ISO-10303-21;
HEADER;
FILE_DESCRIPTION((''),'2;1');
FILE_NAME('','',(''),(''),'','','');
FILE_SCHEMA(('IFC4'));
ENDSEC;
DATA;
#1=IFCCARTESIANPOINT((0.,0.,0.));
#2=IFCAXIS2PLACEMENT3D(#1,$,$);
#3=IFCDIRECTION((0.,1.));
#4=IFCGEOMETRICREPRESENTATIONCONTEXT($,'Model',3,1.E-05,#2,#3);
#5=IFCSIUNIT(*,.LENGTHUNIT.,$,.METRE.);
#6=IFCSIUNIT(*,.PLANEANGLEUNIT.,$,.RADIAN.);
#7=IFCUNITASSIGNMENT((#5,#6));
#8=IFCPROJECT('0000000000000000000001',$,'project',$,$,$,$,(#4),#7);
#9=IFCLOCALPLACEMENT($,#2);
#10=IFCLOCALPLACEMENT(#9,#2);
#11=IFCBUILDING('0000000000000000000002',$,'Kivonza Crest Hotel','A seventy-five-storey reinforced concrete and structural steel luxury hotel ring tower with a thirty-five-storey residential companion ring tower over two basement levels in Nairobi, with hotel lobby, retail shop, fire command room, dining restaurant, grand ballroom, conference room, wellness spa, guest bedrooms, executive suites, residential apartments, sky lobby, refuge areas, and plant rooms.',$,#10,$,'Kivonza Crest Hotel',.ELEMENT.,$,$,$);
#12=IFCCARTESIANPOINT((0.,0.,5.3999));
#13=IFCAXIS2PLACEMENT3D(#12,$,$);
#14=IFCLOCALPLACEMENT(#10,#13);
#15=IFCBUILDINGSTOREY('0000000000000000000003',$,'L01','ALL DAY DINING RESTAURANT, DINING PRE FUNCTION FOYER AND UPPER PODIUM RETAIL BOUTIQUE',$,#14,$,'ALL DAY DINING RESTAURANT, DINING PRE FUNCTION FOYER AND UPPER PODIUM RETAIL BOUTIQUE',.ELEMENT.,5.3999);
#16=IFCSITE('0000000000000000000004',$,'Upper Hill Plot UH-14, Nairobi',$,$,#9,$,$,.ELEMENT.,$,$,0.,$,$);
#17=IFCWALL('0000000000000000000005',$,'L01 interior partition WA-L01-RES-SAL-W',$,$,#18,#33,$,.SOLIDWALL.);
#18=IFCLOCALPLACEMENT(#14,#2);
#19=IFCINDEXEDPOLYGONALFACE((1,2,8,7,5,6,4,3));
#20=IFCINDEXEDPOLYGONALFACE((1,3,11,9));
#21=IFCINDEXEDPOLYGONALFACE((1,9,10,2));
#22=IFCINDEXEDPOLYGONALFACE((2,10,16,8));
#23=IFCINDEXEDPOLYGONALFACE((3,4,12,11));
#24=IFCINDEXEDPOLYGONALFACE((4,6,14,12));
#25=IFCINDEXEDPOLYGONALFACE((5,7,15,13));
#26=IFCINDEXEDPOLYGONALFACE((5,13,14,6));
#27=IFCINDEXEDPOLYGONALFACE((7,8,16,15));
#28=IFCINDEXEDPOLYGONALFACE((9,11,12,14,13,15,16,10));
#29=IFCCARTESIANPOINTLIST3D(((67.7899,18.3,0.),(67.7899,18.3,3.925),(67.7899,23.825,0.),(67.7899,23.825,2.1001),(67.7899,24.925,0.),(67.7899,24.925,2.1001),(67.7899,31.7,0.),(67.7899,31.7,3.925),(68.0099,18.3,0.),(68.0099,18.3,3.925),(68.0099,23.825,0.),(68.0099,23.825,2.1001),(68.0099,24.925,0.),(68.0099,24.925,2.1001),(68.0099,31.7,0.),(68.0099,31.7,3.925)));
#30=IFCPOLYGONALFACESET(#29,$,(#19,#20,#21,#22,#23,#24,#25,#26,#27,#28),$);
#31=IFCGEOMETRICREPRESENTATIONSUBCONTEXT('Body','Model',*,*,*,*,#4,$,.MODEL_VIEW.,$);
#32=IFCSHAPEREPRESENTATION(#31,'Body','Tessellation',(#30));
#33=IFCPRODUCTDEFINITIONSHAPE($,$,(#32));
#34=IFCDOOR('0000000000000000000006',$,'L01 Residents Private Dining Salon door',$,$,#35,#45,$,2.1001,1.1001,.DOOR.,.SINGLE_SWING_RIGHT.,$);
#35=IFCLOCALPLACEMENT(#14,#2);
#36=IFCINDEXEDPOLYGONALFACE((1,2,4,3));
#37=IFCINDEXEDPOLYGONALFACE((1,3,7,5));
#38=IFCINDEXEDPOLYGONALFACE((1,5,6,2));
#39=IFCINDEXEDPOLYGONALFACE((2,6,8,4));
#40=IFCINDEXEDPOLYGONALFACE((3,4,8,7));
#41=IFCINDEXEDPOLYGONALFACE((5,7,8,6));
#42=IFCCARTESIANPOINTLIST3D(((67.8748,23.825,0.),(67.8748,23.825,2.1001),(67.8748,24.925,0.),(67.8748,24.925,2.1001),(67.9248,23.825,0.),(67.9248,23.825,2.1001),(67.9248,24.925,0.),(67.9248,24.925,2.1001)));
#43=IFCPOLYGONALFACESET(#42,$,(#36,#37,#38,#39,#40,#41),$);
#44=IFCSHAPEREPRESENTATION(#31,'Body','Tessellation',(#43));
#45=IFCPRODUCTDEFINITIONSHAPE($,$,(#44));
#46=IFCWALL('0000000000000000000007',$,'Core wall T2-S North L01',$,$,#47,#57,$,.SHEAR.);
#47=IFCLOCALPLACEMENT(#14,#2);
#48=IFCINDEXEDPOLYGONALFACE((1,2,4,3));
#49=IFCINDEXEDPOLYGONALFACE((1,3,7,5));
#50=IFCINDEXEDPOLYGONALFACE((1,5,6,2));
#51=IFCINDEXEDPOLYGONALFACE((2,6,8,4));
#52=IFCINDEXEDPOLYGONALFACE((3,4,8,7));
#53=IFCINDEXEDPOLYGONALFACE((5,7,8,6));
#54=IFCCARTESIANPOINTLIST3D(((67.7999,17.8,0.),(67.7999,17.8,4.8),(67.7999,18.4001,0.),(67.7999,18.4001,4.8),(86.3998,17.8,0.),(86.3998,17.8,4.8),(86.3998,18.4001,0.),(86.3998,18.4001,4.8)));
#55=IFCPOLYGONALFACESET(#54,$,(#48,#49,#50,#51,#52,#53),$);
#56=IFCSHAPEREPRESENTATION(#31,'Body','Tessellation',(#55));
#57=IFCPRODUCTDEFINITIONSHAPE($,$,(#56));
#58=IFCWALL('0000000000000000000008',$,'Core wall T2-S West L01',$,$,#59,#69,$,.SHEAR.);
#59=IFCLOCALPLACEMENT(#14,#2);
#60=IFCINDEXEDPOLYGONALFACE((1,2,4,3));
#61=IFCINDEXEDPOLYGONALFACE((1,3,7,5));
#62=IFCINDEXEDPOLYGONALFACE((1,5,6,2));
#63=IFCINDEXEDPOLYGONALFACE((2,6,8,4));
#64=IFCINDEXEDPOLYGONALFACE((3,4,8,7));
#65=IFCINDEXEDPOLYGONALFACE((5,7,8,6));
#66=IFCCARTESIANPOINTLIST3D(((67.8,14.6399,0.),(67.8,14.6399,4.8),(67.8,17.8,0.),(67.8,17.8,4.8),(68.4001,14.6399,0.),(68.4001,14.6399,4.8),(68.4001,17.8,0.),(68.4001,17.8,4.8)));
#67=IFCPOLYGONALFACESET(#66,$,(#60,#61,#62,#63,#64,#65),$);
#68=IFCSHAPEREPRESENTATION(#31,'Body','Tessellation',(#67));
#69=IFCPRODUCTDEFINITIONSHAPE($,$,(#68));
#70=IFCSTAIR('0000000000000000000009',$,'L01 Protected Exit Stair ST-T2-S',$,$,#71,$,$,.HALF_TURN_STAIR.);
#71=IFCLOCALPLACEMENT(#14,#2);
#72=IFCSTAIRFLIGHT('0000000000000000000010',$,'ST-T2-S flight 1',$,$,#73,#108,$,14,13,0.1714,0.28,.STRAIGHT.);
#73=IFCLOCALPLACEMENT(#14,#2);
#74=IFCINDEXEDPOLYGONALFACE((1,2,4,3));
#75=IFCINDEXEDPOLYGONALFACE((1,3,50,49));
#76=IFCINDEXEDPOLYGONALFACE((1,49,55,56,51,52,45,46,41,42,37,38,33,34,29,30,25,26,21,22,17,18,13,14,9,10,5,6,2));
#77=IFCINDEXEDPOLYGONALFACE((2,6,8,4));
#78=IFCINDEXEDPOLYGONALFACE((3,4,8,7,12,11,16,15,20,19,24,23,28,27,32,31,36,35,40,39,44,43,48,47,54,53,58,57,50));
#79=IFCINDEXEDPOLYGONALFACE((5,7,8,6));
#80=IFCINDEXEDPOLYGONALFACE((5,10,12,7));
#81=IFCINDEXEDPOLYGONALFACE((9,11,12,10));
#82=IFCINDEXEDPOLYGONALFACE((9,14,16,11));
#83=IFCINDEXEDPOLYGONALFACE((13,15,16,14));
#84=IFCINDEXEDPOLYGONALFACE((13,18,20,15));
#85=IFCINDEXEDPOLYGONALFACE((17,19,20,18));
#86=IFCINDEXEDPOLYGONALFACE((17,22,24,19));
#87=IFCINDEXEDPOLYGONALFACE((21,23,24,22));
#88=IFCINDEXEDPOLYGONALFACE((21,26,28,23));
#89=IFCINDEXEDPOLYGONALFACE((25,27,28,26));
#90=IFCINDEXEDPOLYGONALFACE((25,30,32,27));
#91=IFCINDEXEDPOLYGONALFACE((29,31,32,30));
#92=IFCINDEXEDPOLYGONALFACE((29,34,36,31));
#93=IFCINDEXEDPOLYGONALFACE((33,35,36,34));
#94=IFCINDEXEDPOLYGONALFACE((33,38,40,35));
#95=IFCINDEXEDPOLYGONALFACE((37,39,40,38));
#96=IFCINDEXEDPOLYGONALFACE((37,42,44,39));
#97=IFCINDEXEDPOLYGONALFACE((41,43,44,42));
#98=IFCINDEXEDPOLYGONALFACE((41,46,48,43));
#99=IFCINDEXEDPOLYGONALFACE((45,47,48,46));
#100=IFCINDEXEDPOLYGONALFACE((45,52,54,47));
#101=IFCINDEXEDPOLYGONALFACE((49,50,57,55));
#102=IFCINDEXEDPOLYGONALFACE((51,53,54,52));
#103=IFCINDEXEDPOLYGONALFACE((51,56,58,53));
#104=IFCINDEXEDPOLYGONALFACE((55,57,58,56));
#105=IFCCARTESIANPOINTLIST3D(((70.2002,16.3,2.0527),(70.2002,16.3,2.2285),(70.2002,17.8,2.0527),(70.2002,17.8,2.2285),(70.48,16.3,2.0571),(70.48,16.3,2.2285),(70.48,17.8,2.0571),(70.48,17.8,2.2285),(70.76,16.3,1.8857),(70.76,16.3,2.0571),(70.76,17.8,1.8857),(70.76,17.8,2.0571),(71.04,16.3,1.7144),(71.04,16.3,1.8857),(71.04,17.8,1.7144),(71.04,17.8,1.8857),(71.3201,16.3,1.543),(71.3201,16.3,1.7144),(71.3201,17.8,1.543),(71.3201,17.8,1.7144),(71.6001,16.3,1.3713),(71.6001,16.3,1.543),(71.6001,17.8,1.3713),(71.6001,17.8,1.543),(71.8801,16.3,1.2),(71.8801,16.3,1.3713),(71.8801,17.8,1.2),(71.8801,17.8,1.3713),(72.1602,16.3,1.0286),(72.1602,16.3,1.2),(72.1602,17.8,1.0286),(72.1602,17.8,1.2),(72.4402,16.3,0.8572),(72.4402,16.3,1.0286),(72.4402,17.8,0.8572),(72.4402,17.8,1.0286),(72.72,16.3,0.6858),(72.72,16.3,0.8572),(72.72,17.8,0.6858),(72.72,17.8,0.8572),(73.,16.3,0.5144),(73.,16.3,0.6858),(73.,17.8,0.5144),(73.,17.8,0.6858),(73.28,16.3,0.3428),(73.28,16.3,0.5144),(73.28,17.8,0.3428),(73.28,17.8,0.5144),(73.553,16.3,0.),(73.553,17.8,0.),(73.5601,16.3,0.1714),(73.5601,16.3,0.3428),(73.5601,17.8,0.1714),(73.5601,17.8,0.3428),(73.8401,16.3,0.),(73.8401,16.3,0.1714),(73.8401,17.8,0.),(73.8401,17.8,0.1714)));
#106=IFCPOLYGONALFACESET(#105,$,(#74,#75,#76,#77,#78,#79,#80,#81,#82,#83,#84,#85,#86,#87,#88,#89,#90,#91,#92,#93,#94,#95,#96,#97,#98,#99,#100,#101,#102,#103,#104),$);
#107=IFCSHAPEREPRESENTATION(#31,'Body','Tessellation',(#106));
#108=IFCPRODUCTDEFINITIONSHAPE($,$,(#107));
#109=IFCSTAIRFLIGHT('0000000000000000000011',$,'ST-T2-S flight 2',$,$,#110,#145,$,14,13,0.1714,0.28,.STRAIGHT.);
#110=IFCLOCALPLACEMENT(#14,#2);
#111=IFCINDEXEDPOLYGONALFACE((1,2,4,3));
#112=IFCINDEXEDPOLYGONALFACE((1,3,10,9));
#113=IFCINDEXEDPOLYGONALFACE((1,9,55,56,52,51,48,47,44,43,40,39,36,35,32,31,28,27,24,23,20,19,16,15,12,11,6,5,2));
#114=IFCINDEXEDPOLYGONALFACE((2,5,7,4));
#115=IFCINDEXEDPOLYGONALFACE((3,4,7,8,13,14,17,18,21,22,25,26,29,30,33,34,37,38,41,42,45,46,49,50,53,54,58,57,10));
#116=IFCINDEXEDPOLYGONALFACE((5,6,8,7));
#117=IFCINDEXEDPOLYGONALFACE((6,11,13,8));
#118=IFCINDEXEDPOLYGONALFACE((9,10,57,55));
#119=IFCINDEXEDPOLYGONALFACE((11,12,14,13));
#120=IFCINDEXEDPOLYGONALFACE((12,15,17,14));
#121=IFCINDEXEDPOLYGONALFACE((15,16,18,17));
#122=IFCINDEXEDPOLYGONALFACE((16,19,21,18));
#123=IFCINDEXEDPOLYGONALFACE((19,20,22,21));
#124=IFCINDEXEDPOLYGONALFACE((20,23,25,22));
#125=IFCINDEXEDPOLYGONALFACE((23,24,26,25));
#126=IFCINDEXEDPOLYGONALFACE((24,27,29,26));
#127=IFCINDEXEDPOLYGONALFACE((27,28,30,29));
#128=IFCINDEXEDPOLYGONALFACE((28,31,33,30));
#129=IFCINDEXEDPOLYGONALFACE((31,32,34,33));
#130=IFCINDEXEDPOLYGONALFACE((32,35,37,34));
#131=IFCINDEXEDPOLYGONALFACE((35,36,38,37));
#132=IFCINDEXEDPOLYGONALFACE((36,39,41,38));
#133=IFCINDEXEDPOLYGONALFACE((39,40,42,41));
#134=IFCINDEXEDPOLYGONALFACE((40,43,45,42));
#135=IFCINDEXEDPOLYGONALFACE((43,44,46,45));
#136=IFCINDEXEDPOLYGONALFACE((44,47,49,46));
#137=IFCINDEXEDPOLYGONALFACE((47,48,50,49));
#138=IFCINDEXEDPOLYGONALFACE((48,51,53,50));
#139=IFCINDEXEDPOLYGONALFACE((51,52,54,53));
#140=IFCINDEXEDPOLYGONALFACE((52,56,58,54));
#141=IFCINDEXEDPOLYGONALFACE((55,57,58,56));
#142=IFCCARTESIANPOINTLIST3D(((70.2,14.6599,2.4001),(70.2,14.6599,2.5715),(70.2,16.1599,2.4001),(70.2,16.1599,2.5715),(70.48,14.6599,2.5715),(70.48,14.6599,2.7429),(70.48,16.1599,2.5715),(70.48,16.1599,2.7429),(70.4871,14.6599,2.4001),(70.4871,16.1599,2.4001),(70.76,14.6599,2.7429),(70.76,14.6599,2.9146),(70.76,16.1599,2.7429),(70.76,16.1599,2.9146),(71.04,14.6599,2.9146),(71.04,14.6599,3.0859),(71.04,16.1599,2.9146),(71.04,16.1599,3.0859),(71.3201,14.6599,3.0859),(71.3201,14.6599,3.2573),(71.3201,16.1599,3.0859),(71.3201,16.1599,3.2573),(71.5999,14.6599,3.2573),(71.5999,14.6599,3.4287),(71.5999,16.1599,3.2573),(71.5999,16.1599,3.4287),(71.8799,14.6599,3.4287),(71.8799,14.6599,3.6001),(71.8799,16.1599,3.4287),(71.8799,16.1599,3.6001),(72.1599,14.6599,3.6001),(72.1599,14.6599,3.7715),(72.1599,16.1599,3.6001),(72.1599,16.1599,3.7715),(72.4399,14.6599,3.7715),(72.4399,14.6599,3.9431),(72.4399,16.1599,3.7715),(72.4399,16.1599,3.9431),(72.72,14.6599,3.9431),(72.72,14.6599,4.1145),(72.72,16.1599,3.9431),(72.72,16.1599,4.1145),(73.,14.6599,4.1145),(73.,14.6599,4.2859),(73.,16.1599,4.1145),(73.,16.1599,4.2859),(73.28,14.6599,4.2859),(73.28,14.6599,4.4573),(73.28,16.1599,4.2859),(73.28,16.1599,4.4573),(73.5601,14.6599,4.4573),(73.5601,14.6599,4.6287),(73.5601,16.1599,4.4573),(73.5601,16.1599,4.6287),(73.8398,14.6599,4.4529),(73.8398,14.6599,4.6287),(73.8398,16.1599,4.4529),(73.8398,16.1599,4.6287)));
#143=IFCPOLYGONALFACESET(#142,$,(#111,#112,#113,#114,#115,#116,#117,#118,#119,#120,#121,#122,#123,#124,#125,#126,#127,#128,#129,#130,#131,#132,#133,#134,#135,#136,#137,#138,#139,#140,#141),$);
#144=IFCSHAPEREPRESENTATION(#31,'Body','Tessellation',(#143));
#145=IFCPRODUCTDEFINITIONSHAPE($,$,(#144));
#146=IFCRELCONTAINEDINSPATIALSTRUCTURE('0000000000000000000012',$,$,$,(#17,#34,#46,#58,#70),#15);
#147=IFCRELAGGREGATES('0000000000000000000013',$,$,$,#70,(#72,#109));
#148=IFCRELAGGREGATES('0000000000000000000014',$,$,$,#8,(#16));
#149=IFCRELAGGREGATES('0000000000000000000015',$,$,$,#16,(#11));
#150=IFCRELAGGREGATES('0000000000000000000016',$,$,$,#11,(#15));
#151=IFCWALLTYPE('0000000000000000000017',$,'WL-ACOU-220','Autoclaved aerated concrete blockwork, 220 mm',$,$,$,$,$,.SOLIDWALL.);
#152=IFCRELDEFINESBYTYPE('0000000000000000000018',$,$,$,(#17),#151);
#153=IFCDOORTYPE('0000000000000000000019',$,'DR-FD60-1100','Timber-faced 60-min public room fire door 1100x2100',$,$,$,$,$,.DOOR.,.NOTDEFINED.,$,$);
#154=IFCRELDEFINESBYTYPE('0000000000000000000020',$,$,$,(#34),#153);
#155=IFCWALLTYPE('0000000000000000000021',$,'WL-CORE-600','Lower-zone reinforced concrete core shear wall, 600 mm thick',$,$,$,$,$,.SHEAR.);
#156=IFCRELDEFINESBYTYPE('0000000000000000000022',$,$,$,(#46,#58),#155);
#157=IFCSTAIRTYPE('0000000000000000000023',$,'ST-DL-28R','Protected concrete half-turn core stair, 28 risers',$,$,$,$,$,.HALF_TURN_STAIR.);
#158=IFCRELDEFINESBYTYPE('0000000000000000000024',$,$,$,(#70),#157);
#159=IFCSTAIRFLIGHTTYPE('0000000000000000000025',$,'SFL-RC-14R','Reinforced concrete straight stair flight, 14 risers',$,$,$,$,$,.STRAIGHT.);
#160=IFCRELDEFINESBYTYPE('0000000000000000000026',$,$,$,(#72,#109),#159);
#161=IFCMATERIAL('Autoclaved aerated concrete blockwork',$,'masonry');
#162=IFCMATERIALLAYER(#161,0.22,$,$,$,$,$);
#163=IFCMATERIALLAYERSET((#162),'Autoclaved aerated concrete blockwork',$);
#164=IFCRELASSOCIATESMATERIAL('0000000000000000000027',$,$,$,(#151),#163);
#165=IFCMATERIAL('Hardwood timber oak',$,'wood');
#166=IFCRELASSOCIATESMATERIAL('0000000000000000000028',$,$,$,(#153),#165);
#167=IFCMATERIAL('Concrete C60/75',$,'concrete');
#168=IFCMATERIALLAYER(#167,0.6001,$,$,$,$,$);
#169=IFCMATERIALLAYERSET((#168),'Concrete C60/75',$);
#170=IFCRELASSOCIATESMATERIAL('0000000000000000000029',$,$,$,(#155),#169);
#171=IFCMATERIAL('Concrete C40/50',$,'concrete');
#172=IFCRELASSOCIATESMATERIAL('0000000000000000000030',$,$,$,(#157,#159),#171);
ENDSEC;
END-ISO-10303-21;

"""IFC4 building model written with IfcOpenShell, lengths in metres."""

from ifc_helpers import new_model, si_unit, direction, frame, frame_2d, origin, place, context, subcontext, project, spatial, polyline, rectangle, outline, extrude, material, layer, layer_set, type_object, element, fill, aggregate, save


model = new_model("IFC4")

# Units and contexts
model_context = context("Model", 3, precision=1e-05, world=origin(), true_north=direction((0.0, 1.0)))
body_context = subcontext(model_context, "Body", "Model", "MODEL_VIEW")
ifc_project = project(units=[si_unit("LENGTHUNIT", "METRE"), si_unit("PLANEANGLEUNIT", "RADIAN")], contexts=[model_context])

# Site, building, storey
site_placement = place(None, origin())
site = spatial("IfcSite", under=ifc_project, at=site_placement, Name="Upper Hill Plot UH-14, Nairobi", CompositionType="ELEMENT", RefElevation=0.0)
building_placement = place(site_placement, origin())
building = spatial("IfcBuilding", under=site, at=building_placement, Name="Kivonza Crest Hotel", Description="A seventy-five-storey reinforced concrete and structural steel luxury hotel ring tower with a thirty-five-storey residential companion ring tower over two basement levels in Nairobi, with hotel lobby, retail shop, fire command room, dining restaurant, grand ballroom, conference room, wellness spa, guest bedrooms, executive suites, residential apartments, sky lobby, refuge areas, and plant rooms.", LongName="Kivonza Crest Hotel", CompositionType="ELEMENT")
storey_placement = place(building_placement, frame((0.0, 0.0, 5.3999)))
storey = spatial("IfcBuildingStorey", under=building, at=storey_placement, Name="L01", Description="ALL DAY DINING RESTAURANT, DINING PRE FUNCTION FOYER AND UPPER PODIUM RETAIL BOUTIQUE", LongName="ALL DAY DINING RESTAURANT, DINING PRE FUNCTION FOYER AND UPPER PODIUM RETAIL BOUTIQUE", CompositionType="ELEMENT", Elevation=5.3999)

# Shared definitions
ifc_material_1 = material(Name="Concrete C60/75", Category="concrete")

# Wall, opening, door
ifc_material_2 = material(Name="Autoclaved aerated concrete blockwork", Category="masonry")
ifc_layer_1 = layer(ifc_material_2, 0.22)
ifc_layer_set_1 = layer_set([ifc_layer_1], Name="Autoclaved aerated concrete blockwork")
wall_type_1 = type_object("IfcWallType", Name="WL-ACOU-220", Description="Autoclaved aerated concrete blockwork, 220 mm", PredefinedType="SOLIDWALL", material=ifc_layer_set_1)
ifc_material_3 = material(Name="Hardwood timber oak", Category="wood")
door_type_1 = type_object("IfcDoorType", Name="DR-FD60-1100", Description="Timber-faced 60-min public room fire door 1100x2100", OperationType="NOTDEFINED", PredefinedType="DOOR", material=ifc_material_3)
wall_1_placement = place(storey_placement, frame((67.8999, 18.3, 0.0), z_axis=(0.0, 0.0, 1.0), x_axis=(0.0, 1.0, 0.0)))
wall_1 = element("IfcWall", 1, at=wall_1_placement, inside=storey, type_object=wall_type_1, Name="L01 interior partition WA-L01-RES-SAL-W", PredefinedType="SOLIDWALL", context=body_context, shape_type="SweptSolid", body=[
    extrude(rectangle(XDim=13.3999, YDim=0.22, at=frame_2d((6.7, 0.0))), origin(), (0.0, 0.0, 1.0), 3.925),
])
opening_1_placement = place(wall_1_placement, frame((5.5249, 0.0, 0.0)))
opening_1 = element("IfcOpeningElement", 2, at=opening_1_placement, cuts=wall_1, PredefinedType="OPENING", context=body_context, shape_type="SweptSolid", body=[
    extrude(rectangle(XDim=1.1001, YDim=2.1001, at=frame_2d((0.55, 1.05))), frame((0.0, 0.1201, 0.0), z_axis=(0.0, -1.0, 0.0), x_axis=(1.0, 0.0, 0.0)), (0.0, 0.0, 1.0), 0.24),
])
door_1_placement = place(opening_1_placement, frame((1.1001, 0.0, 0.0), z_axis=(0.0, 0.0, 1.0), x_axis=(-1.0, 0.0, 0.0)))
door_1 = element("IfcDoor", 3, at=door_1_placement, inside=storey, type_object=door_type_1, Name="L01 Residents Private Dining Salon door", OperationType="SINGLE_SWING_RIGHT", OverallHeight=2.1001, OverallWidth=1.1001, PredefinedType="DOOR", context=body_context, shape_type="SweptSolid", body=[
    extrude(rectangle(XDim=1.1001, YDim=2.1001, at=frame_2d((0.55, 1.05))), frame((0.0, 0.0249, 0.0), z_axis=(0.0, -1.0, 0.0), x_axis=(1.0, 0.0, 0.0)), (0.0, 0.0, 1.0), 0.05),
])
fill(opening_1, door_1)

# Shared definitions
ifc_layer_2 = layer(ifc_material_1, 0.6001)
ifc_layer_set_2 = layer_set([ifc_layer_2], Name="Concrete C60/75")
wall_type_2 = type_object("IfcWallType", Name="WL-CORE-600", Description="Lower-zone reinforced concrete core shear wall, 600 mm thick", PredefinedType="SHEAR", material=ifc_layer_set_2)

# Walls
wall_2_placement = place(storey_placement, frame((67.8, 18.1001, 0.0), z_axis=(0.0, 0.0, 1.0), x_axis=(1.0, 0.0, 0.0)))
element("IfcWall", 4, at=wall_2_placement, inside=storey, type_object=wall_type_2, Name="Core wall T2-S North L01", PredefinedType="SHEAR", context=body_context, shape_type="SweptSolid", body=[
    extrude(rectangle(XDim=18.5999, YDim=0.6001, at=frame_2d((9.2998, 0.0))), origin(), (0.0, 0.0, 1.0), 4.8),
])
wall_3_placement = place(storey_placement, frame((68.1001, 14.6399, 0.0), z_axis=(0.0, 0.0, 1.0), x_axis=(0.0, 1.0, 0.0)))
element("IfcWall", 5, at=wall_3_placement, inside=storey, type_object=wall_type_2, Name="Core wall T2-S West L01", PredefinedType="SHEAR", context=body_context, shape_type="SweptSolid", body=[
    extrude(rectangle(XDim=3.1602, YDim=0.6001, at=frame_2d((1.5801, 0.0))), origin(), (0.0, 0.0, 1.0), 4.8),
])

# Stair, stair flights
ifc_material_4 = material(Name="Concrete C40/50", Category="concrete")
stair_type = type_object("IfcStairType", Name="ST-DL-28R", Description="Protected concrete half-turn core stair, 28 risers", PredefinedType="HALF_TURN_STAIR", material=ifc_material_4)
stair_placement = place(storey_placement, origin())
stair = element("IfcStair", 6, at=stair_placement, inside=storey, type_object=stair_type, Name="L01 Protected Exit Stair ST-T2-S", PredefinedType="HALF_TURN_STAIR")
stair_flight_type = type_object("IfcStairFlightType", Name="SFL-RC-14R", Description="Reinforced concrete straight stair flight, 14 risers", PredefinedType="STRAIGHT", material=ifc_material_4)
stair_flight_1_placement = place(storey_placement, frame((73.8401, 17.05, 0.0), z_axis=(0.0, 0.0, 1.0), x_axis=(-1.0, 0.0, 0.0)))
stair_flight_1 = element("IfcStairFlight", 7, at=stair_flight_1_placement, type_object=stair_flight_type, Name="ST-T2-S flight 1", NumberOfRisers=14, NumberOfTreads=13, PredefinedType="STRAIGHT", RiserHeight=0.1714, TreadLength=0.28, context=body_context, shape_type="SweptSolid", body=[
    extrude(outline(polyline([(0.0, 0.0), (0.0, 0.1714), (0.28, 0.1714), (0.28, 0.3428), (0.5601, 0.3428), (0.5601, 0.5144), (0.8401, 0.5144), (0.8401, 0.6858), (1.1201, 0.6858), (1.1201, 0.8572), (1.3999, 0.8572), (1.3999, 1.0286), (1.6799, 1.0286), (1.6799, 1.2), (1.96, 1.2), (1.96, 1.3713), (2.24, 1.3713), (2.24, 1.543), (2.52, 1.543), (2.52, 1.7144), (2.8, 1.7144), (2.8, 1.8857), (3.0801, 1.8857), (3.0801, 2.0571), (3.3601, 2.0571), (3.3601, 2.2285), (3.6399, 2.2285), (3.6399, 2.3999), (3.6399, 2.0527), (0.2871, 0.0), (0.0, 0.0)])), frame((0.0, 0.75, 0.0), z_axis=(0.0, -1.0, 0.0), x_axis=(1.0, 0.0, 0.0)), (0.0, 0.0, 1.0), 1.5),
])
stair_flight_2_placement = place(storey_placement, frame((70.2, 15.4099, 2.4001), z_axis=(0.0, 0.0, 1.0), x_axis=(1.0, 0.0, 0.0)))
stair_flight_2 = element("IfcStairFlight", 8, at=stair_flight_2_placement, type_object=stair_flight_type, Name="ST-T2-S flight 2", NumberOfRisers=14, NumberOfTreads=13, PredefinedType="STRAIGHT", RiserHeight=0.1714, TreadLength=0.28, context=body_context, shape_type="SweptSolid", body=[
    extrude(outline(polyline([(0.0, 0.0), (0.0, 0.1714), (0.28, 0.1714), (0.28, 0.3428), (0.5601, 0.3428), (0.5601, 0.5144), (0.8401, 0.5144), (0.8401, 0.6858), (1.1201, 0.6858), (1.1201, 0.8572), (1.3999, 0.8572), (1.3999, 1.0286), (1.6799, 1.0286), (1.6799, 1.2), (1.96, 1.2), (1.96, 1.3713), (2.24, 1.3713), (2.24, 1.543), (2.52, 1.543), (2.52, 1.7144), (2.8, 1.7144), (2.8, 1.8857), (3.0801, 1.8857), (3.0801, 2.0571), (3.3601, 2.0571), (3.3601, 2.2285), (3.6399, 2.2285), (3.6399, 2.3999), (3.6399, 2.0527), (0.2871, 0.0), (0.0, 0.0)])), frame((0.0, 0.75, 0.0), z_axis=(0.0, -1.0, 0.0), x_axis=(1.0, 0.0, 0.0)), (0.0, 0.0, 1.0), 1.5),
])
aggregate(stair, [stair_flight_1, stair_flight_2])

save(model, "model.ifc")
